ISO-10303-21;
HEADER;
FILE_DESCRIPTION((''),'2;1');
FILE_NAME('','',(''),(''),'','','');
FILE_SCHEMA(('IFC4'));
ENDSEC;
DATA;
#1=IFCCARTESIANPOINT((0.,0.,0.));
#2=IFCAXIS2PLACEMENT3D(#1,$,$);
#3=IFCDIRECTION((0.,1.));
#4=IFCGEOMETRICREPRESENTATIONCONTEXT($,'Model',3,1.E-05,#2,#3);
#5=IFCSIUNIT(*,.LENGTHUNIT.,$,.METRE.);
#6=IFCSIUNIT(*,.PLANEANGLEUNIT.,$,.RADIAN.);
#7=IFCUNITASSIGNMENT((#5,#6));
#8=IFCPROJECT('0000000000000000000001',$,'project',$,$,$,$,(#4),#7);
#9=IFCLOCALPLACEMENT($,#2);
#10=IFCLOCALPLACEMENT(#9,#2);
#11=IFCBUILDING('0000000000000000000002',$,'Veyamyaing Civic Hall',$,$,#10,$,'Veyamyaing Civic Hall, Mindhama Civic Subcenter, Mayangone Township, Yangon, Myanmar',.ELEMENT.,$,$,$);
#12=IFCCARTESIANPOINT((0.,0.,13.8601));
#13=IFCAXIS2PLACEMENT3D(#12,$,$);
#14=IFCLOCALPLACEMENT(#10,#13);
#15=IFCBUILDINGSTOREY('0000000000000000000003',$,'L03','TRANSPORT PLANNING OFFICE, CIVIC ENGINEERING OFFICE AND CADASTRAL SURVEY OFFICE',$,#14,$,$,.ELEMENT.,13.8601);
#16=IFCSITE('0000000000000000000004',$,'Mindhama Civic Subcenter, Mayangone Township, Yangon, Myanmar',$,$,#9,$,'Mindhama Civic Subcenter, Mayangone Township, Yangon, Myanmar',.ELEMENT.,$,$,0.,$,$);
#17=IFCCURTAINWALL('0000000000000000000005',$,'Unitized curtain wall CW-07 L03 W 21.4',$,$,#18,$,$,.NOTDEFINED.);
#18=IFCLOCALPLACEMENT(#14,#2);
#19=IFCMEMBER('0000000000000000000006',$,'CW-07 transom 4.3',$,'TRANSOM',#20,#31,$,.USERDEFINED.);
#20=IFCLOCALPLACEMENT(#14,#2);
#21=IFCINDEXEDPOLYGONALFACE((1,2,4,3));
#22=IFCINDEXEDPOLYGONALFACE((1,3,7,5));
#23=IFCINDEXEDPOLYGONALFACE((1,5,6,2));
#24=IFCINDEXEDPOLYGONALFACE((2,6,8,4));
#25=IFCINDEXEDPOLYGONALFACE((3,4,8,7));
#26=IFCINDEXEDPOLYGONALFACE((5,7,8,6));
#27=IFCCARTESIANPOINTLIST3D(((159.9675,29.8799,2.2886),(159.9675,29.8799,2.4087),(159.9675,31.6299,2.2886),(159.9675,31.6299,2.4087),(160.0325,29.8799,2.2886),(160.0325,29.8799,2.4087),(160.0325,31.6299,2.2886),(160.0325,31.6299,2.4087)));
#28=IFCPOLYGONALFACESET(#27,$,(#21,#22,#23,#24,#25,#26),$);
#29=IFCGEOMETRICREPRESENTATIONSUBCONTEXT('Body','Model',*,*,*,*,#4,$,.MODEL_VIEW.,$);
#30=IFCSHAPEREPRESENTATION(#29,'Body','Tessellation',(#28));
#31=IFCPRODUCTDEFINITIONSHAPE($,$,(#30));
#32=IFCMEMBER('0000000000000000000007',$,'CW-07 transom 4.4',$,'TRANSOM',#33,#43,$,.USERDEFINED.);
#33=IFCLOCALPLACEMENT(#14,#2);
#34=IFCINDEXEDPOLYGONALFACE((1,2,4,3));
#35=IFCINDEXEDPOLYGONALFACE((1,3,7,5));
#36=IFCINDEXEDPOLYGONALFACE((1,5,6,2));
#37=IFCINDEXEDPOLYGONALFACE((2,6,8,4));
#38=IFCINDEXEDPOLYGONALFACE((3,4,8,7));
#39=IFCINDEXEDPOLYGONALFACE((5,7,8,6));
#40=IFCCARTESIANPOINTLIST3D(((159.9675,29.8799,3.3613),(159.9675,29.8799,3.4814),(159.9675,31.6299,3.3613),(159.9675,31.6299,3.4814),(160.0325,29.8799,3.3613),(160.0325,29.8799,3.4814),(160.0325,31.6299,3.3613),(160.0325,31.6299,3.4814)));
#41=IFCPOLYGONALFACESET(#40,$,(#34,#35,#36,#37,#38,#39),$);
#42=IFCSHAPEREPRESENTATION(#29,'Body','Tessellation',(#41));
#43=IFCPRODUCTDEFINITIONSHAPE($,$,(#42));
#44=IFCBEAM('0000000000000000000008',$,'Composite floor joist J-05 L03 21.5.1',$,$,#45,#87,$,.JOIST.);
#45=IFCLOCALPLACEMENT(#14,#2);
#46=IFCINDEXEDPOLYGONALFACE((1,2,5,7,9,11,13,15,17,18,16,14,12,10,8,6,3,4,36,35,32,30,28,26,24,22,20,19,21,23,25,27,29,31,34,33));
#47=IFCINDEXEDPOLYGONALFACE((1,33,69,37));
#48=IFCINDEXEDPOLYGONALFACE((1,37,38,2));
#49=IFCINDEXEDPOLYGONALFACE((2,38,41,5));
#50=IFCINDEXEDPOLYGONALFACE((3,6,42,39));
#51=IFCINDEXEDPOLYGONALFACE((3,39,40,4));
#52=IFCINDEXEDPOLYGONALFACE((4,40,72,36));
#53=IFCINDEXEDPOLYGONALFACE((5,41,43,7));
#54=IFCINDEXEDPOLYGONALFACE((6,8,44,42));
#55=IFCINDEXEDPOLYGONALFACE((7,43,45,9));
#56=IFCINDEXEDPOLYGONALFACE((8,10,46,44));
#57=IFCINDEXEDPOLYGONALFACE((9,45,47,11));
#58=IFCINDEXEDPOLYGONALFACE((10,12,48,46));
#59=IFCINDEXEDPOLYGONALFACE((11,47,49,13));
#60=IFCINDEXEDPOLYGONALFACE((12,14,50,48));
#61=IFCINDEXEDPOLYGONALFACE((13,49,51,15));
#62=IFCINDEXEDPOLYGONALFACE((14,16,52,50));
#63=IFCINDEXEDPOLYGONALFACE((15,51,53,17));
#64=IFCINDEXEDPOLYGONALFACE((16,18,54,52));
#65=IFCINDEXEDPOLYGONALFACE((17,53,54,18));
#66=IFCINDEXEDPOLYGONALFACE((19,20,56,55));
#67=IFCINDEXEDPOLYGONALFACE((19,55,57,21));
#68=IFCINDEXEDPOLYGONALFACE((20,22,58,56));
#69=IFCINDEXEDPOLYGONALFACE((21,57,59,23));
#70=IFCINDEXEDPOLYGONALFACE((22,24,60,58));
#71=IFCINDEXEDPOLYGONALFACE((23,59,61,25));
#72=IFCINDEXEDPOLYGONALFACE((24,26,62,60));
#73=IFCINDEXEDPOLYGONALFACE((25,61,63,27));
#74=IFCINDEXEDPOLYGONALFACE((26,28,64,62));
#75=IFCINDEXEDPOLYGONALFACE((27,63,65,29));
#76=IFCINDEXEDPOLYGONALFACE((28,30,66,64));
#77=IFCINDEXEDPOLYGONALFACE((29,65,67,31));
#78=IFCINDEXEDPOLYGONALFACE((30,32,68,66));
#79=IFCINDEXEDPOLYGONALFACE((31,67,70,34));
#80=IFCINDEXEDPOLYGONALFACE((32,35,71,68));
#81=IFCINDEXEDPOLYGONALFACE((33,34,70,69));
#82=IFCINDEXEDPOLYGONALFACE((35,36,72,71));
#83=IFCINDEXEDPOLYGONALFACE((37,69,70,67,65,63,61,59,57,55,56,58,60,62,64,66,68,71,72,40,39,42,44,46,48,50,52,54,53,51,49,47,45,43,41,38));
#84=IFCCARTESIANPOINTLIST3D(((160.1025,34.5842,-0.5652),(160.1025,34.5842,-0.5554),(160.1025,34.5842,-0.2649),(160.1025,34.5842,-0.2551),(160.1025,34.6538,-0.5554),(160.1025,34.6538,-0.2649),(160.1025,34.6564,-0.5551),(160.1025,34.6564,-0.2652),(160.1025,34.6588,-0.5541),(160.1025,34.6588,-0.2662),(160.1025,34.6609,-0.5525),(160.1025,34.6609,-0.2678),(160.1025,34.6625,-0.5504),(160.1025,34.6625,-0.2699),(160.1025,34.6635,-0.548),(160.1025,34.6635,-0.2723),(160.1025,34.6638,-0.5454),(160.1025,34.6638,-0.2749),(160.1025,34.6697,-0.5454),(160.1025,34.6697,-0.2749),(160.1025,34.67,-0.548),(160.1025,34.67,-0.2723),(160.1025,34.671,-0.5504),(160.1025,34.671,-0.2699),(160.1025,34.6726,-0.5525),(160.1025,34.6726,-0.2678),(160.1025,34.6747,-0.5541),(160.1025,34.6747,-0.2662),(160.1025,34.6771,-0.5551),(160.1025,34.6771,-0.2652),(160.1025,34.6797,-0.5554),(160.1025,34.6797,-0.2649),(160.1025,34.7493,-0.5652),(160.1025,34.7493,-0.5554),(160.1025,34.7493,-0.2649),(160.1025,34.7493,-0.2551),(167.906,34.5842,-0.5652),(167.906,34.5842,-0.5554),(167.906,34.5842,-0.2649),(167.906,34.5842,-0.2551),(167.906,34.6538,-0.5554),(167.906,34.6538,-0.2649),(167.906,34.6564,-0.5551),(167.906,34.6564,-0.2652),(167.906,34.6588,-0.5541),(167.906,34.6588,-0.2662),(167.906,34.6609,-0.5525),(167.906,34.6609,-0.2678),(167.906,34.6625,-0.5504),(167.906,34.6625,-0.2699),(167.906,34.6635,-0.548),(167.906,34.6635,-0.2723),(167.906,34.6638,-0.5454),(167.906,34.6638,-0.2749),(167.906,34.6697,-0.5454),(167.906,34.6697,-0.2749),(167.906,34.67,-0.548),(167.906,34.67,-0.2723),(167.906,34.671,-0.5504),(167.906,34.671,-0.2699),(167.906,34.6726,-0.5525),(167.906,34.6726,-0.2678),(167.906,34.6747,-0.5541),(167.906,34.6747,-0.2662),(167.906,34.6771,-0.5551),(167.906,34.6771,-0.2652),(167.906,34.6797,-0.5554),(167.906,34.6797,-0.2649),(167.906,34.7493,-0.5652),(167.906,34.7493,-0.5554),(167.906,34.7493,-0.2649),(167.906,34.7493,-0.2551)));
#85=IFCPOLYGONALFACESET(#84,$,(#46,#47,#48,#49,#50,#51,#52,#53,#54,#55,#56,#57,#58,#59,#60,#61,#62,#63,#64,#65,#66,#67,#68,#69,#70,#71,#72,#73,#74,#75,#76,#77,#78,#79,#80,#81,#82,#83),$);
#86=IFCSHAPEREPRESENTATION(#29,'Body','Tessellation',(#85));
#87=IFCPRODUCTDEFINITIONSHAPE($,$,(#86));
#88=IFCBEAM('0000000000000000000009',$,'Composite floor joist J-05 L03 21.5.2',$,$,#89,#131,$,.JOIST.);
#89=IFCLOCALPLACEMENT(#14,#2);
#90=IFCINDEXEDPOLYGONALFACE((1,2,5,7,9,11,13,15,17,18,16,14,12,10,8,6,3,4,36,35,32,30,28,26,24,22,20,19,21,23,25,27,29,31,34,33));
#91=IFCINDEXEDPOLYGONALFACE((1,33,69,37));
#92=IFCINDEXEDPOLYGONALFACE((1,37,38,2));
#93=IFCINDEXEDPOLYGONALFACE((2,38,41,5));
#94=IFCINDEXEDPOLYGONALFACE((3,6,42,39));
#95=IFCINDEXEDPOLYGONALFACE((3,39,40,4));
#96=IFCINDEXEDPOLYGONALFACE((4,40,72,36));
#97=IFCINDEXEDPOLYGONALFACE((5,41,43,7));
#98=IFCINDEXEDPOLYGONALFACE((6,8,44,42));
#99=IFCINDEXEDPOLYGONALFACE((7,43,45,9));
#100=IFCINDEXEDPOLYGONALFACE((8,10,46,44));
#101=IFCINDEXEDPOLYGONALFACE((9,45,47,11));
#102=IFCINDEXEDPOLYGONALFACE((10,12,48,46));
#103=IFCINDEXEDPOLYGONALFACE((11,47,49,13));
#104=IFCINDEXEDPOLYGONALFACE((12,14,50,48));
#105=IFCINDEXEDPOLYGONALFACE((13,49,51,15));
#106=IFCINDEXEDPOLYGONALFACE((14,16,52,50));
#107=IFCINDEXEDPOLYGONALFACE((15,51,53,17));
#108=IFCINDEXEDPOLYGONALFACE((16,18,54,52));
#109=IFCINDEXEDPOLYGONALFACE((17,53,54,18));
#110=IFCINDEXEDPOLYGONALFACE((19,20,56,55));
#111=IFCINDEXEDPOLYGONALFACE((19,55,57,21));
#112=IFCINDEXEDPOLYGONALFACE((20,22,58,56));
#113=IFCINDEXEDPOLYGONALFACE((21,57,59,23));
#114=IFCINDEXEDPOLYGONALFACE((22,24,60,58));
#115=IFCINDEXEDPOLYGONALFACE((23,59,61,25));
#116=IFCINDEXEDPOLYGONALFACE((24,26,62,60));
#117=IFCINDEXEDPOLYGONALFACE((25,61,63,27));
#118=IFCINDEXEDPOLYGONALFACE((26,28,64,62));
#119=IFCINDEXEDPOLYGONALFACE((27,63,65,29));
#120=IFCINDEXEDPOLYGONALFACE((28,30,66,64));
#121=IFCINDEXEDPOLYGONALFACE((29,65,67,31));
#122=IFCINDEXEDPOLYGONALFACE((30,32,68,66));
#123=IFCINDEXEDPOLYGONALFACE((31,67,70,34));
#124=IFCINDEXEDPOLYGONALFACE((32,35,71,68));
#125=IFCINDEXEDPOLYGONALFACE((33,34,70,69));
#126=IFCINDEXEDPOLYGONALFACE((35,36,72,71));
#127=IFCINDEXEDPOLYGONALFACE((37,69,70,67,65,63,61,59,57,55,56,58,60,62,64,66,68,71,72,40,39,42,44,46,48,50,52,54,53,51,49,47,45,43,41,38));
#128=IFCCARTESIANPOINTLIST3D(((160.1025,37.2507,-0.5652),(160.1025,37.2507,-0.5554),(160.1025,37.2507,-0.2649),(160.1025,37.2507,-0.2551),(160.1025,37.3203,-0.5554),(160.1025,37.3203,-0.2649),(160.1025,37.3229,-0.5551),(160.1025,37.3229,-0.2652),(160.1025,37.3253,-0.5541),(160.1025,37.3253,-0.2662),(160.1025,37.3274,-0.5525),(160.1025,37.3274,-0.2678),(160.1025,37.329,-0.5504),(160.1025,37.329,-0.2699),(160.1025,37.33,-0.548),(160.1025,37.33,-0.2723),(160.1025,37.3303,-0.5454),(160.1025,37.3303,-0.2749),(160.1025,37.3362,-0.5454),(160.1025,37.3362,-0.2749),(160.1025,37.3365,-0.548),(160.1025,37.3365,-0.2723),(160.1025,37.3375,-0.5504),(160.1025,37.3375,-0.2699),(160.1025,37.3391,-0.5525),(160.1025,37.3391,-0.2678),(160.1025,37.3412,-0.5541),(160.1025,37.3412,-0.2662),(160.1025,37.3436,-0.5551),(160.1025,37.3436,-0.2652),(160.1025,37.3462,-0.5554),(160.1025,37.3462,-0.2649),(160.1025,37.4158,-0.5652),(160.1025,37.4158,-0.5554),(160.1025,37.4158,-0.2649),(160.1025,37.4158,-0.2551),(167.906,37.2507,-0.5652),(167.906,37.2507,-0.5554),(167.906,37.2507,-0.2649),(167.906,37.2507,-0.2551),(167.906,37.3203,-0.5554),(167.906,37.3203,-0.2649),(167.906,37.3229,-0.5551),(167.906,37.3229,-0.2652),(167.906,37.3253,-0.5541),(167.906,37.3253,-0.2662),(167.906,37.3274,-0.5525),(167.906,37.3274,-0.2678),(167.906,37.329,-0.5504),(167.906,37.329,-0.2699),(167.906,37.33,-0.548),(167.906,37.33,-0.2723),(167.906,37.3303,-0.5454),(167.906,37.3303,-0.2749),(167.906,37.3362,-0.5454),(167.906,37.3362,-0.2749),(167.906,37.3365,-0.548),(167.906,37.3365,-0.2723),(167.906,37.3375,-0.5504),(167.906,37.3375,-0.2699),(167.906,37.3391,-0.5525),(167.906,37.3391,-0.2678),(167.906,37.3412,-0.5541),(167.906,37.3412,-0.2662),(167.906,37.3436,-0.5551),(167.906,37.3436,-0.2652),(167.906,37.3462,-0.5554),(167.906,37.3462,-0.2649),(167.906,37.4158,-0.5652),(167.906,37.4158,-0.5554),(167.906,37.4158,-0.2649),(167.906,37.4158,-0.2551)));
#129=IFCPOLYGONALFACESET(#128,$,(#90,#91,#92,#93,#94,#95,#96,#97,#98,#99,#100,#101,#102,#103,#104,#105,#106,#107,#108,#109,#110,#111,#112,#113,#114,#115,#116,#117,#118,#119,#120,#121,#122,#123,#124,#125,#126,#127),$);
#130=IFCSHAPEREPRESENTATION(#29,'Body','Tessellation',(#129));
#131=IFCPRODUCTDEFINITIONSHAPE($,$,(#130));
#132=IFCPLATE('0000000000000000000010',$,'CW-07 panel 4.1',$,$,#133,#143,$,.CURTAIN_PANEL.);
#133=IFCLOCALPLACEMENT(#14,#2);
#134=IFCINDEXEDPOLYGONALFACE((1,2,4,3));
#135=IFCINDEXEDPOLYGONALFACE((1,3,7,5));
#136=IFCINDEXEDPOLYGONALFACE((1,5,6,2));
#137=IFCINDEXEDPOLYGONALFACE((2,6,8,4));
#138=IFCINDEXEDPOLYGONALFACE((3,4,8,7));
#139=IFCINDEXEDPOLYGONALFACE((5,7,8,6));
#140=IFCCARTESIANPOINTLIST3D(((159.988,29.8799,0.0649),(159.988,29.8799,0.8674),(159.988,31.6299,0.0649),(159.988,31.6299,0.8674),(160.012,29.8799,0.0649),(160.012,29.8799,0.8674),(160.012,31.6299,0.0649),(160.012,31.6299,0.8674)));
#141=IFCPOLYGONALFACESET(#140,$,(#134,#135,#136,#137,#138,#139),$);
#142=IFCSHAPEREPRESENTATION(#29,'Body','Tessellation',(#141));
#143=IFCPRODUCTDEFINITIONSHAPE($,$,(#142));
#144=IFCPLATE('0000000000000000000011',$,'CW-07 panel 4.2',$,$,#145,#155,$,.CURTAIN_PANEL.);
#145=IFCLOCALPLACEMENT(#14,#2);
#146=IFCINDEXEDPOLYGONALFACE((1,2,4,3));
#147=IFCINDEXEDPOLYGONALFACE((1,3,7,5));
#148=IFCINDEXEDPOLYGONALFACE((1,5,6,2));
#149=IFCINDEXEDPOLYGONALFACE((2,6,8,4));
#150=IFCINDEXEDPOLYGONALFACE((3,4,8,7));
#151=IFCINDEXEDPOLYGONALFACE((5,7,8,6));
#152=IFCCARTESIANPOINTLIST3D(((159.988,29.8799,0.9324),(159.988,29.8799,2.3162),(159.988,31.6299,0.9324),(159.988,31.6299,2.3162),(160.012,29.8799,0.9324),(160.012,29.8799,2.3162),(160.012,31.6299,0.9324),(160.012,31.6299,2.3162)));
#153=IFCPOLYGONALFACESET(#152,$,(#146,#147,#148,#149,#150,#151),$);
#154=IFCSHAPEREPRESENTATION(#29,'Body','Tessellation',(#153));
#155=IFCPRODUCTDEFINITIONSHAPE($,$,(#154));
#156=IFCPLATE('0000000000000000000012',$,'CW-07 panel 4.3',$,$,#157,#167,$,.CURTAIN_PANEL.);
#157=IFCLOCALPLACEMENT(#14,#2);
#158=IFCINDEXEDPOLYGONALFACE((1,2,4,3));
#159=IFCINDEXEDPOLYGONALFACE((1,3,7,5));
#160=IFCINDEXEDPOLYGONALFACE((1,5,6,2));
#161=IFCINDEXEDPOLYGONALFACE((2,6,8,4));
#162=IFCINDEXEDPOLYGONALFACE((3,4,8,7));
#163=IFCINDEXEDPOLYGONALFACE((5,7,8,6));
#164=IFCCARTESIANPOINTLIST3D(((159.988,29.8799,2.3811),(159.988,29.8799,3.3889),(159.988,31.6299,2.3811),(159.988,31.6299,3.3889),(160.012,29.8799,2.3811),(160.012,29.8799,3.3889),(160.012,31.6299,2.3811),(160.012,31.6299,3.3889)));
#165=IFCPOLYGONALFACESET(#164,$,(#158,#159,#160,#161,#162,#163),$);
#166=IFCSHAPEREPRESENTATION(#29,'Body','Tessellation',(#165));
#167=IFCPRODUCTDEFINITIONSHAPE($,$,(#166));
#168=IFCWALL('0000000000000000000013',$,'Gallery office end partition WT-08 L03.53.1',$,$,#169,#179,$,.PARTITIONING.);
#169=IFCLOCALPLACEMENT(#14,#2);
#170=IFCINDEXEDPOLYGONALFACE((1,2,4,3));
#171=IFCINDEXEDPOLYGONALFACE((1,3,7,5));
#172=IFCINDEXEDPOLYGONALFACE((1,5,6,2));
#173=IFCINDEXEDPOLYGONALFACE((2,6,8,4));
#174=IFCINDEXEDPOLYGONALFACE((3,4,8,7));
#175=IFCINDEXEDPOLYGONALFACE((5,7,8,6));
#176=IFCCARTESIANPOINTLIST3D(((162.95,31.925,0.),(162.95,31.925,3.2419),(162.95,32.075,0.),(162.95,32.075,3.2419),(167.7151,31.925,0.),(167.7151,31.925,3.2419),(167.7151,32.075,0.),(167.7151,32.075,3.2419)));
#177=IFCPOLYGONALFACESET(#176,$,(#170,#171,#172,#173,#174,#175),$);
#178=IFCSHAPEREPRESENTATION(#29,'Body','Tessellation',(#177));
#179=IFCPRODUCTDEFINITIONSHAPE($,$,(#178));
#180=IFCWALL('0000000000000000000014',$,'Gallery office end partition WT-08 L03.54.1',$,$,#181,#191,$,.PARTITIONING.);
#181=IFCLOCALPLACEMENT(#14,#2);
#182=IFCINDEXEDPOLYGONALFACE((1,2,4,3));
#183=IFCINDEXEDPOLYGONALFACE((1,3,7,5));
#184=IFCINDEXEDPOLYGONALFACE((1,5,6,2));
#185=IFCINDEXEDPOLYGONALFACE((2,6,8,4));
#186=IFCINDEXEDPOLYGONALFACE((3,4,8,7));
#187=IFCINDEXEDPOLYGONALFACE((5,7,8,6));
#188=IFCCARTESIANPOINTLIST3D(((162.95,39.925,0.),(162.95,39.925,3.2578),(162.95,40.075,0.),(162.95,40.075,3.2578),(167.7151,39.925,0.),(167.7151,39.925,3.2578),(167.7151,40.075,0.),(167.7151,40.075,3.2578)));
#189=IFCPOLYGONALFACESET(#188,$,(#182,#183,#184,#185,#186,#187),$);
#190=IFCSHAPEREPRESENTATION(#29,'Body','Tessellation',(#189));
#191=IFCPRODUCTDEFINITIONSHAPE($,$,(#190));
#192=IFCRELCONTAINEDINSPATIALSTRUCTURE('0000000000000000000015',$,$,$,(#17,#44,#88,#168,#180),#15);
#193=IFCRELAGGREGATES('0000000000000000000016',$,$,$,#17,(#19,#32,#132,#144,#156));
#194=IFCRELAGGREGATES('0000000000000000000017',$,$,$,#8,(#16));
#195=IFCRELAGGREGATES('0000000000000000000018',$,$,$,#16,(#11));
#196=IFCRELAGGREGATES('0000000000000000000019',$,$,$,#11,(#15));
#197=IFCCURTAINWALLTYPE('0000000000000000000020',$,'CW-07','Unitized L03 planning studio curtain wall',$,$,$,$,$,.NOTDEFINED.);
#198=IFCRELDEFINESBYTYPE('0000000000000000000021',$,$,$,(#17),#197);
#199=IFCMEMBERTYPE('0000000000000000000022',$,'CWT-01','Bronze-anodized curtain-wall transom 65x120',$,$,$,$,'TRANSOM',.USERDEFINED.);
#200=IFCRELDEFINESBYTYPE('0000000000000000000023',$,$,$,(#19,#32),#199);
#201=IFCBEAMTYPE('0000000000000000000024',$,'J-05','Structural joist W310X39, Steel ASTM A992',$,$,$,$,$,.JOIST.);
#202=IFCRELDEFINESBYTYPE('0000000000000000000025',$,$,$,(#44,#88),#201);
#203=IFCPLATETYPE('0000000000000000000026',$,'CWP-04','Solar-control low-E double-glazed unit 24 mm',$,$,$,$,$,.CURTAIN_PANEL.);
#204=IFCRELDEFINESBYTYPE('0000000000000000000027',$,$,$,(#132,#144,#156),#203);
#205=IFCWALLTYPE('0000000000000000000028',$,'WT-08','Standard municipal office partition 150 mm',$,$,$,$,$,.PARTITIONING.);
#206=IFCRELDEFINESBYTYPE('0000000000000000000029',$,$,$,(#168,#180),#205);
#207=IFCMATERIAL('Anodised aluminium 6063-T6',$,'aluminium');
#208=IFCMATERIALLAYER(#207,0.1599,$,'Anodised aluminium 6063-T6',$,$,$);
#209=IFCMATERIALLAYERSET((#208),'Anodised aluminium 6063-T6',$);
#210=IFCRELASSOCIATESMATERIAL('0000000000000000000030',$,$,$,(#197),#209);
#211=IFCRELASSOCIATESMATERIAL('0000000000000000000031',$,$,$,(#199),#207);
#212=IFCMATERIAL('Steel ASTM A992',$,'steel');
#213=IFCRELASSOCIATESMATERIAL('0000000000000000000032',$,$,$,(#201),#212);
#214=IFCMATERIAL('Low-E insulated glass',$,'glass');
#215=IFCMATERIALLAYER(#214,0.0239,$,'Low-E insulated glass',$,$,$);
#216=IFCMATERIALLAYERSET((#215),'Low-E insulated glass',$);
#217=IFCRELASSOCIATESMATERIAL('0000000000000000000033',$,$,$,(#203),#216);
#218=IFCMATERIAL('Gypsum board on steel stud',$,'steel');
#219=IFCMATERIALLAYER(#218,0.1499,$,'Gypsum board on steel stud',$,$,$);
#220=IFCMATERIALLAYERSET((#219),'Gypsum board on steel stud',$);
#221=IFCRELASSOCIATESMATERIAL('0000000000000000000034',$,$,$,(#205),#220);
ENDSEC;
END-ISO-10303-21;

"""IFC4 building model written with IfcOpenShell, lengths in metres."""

from ifc_helpers import new_model, si_unit, direction, frame, frame_2d, origin, origin_2d, place, context, subcontext, project, spatial, rectangle, i_section, extrude, material, layer, layer_set, material_profile, profile_set, type_object, element, aggregate, save


model = new_model("IFC4")

# Units and contexts
model_context = context("Model", 3, precision=1e-05, world=origin(), true_north=direction((0.0, 1.0)))
body_context = subcontext(model_context, "Body", "Model", "MODEL_VIEW")
ifc_project = project(units=[si_unit("LENGTHUNIT", "METRE"), si_unit("PLANEANGLEUNIT", "RADIAN")], contexts=[model_context])

# Site, building, storey
site_placement = place(None, origin())
site = spatial("IfcSite", under=ifc_project, at=site_placement, Name="Mindhama Civic Subcenter, Mayangone Township, Yangon, Myanmar", LongName="Mindhama Civic Subcenter, Mayangone Township, Yangon, Myanmar", CompositionType="ELEMENT", RefElevation=0.0)
building_placement = place(site_placement, origin())
building = spatial("IfcBuilding", under=site, at=building_placement, Name="Veyamyaing Civic Hall", LongName="Veyamyaing Civic Hall, Mindhama Civic Subcenter, Mayangone Township, Yangon, Myanmar", CompositionType="ELEMENT")
storey_placement = place(building_placement, frame((0.0, 0.0, 13.8601)))
storey = spatial("IfcBuildingStorey", under=building, at=storey_placement, Name="L03", Description="TRANSPORT PLANNING OFFICE, CIVIC ENGINEERING OFFICE AND CADASTRAL SURVEY OFFICE", CompositionType="ELEMENT", Elevation=13.8601)

# Shared definitions
ifc_material_1 = material(Name="Steel ASTM A992", Category="steel")

# Curtain wall, members
ifc_material_2 = material(Name="Anodised aluminium 6063-T6", Category="aluminium")
ifc_layer_1 = layer(ifc_material_2, 0.1599, Name="Anodised aluminium 6063-T6")
ifc_layer_set_1 = layer_set([ifc_layer_1], Name="Anodised aluminium 6063-T6")
curtain_wall_type = type_object("IfcCurtainWallType", Name="CW-07", Description="Unitized L03 planning studio curtain wall", PredefinedType="NOTDEFINED", material=ifc_layer_set_1)
curtain_wall_placement = place(storey_placement, origin())
curtain_wall = element("IfcCurtainWall", 1, at=curtain_wall_placement, inside=storey, type_object=curtain_wall_type, Name="Unitized curtain wall CW-07 L03 W 21.4", PredefinedType="NOTDEFINED")
ifc_material_profile_1 = material_profile(ifc_material_2, rectangle(XDim=0.0649, YDim=0.1201, at=origin_2d()), Name="ALU-TRN-65X120")
ifc_profile_set_1 = profile_set([ifc_material_profile_1], Name="Anodised aluminium 6063-T6")
member_type_1 = type_object("IfcMemberType", Name="CWT-01", Description="Bronze-anodized curtain-wall transom 65x120", ElementType="TRANSOM", PredefinedType="USERDEFINED", material=ifc_profile_set_1)
member_1_placement = place(storey_placement, frame((160.0, 29.8799, 2.3486), z_axis=(0.0, 1.0, 0.0), x_axis=(-1.0, 0.0, 0.0)))
member_1 = element("IfcMember", 2, at=member_1_placement, type_object=member_type_1, Name="CW-07 transom 4.3", ObjectType="TRANSOM", PredefinedType="USERDEFINED", context=body_context, shape_type="SweptSolid", body=[
    extrude(rectangle(XDim=0.0649, YDim=0.1201, at=origin_2d()), origin(), (0.0, 0.0, 1.0), 1.75),
])
member_2_placement = place(storey_placement, frame((160.0, 29.8799, 3.4214), z_axis=(0.0, 1.0, 0.0), x_axis=(-1.0, 0.0, 0.0)))
member_2 = element("IfcMember", 3, at=member_2_placement, type_object=member_type_1, Name="CW-07 transom 4.4", ObjectType="TRANSOM", PredefinedType="USERDEFINED", context=body_context, shape_type="SweptSolid", body=[
    extrude(rectangle(XDim=0.0649, YDim=0.1201, at=origin_2d()), origin(), (0.0, 0.0, 1.0), 1.75),
])

# Beams
ifc_material_profile_2 = material_profile(ifc_material_1, i_section(OverallWidth=0.165, OverallDepth=0.3101, WebThickness=0.0059, FlangeThickness=0.0098, FilletRadius=0.01, at=origin_2d()), Name="W310X39")
ifc_profile_set_2 = profile_set([ifc_material_profile_2], Name="Steel ASTM A992")
beam_type_1 = type_object("IfcBeamType", Name="J-05", Description="Structural joist W310X39, Steel ASTM A992", PredefinedType="JOIST", material=ifc_profile_set_2)
for number, where, z_axis, x_axis, name in (
    (4, (160.1025, 34.6667, -0.4102), (1.0, 0.0, 0.0), (0.0, 1.0, 0.0), "Composite floor joist J-05 L03 21.5.1"),
    (5, (160.1025, 37.3333, -0.4102), (1.0, 0.0, 0.0), (0.0, 1.0, 0.0), "Composite floor joist J-05 L03 21.5.2"),
):
    element("IfcBeam", number, at=place(storey_placement, frame(where, z_axis=z_axis, x_axis=x_axis)), inside=storey, type_object=beam_type_1, Name=name, PredefinedType="JOIST", context=body_context, shape_type="SweptSolid", body=[
        extrude(i_section(OverallWidth=0.165, OverallDepth=0.3101, WebThickness=0.0059, FlangeThickness=0.0098, FilletRadius=0.01, at=origin_2d()), origin(), (0.0, 0.0, 1.0), 7.8035),
    ])

# Plates
ifc_material_3 = material(Name="Low-E insulated glass", Category="glass")
ifc_layer_2 = layer(ifc_material_3, 0.0239, Name="Low-E insulated glass")
ifc_layer_set_2 = layer_set([ifc_layer_2], Name="Low-E insulated glass")
plate_type = type_object("IfcPlateType", Name="CWP-04", Description="Solar-control low-E double-glazed unit 24 mm", PredefinedType="CURTAIN_PANEL", material=ifc_layer_set_2)
plate_1_placement = place(storey_placement, frame((160.0, 30.7549, 0.0649), z_axis=(0.0, 0.0, 1.0), x_axis=(0.0, 1.0, 0.0)))
plate_1 = element("IfcPlate", 6, at=plate_1_placement, type_object=plate_type, Name="CW-07 panel 4.1", PredefinedType="CURTAIN_PANEL", context=body_context, shape_type="SweptSolid", body=[
    extrude(rectangle(XDim=1.75, YDim=0.0239, at=origin_2d()), origin(), (0.0, 0.0, 1.0), 0.8025),
])
plate_2_placement = place(storey_placement, frame((160.0, 30.7549, 0.9324), z_axis=(0.0, 0.0, 1.0), x_axis=(0.0, 1.0, 0.0)))
plate_2 = element("IfcPlate", 7, at=plate_2_placement, type_object=plate_type, Name="CW-07 panel 4.2", PredefinedType="CURTAIN_PANEL", context=body_context, shape_type="SweptSolid", body=[
    extrude(rectangle(XDim=1.75, YDim=0.0239, at=origin_2d()), origin(), (0.0, 0.0, 1.0), 1.3838),
])
plate_3_placement = place(storey_placement, frame((160.0, 30.7549, 2.3811), z_axis=(0.0, 0.0, 1.0), x_axis=(0.0, 1.0, 0.0)))
plate_3 = element("IfcPlate", 8, at=plate_3_placement, type_object=plate_type, Name="CW-07 panel 4.3", PredefinedType="CURTAIN_PANEL", context=body_context, shape_type="SweptSolid", body=[
    extrude(rectangle(XDim=1.75, YDim=0.0239, at=origin_2d()), origin(), (0.0, 0.0, 1.0), 1.0078),
])
aggregate(curtain_wall, [member_1, member_2, plate_1, plate_2, plate_3])

# Walls
ifc_material_4 = material(Name="Gypsum board on steel stud", Category="steel")
ifc_layer_3 = layer(ifc_material_4, 0.1499, Name="Gypsum board on steel stud")
ifc_layer_set_3 = layer_set([ifc_layer_3], Name="Gypsum board on steel stud")
wall_type_1 = type_object("IfcWallType", Name="WT-08", Description="Standard municipal office partition 150 mm", PredefinedType="PARTITIONING", material=ifc_layer_set_3)
wall_1_placement = place(storey_placement, frame((162.95, 32.0, 0.0), z_axis=(0.0, 0.0, 1.0), x_axis=(1.0, 0.0, 0.0)))
element("IfcWall", 9, at=wall_1_placement, inside=storey, type_object=wall_type_1, Name="Gallery office end partition WT-08 L03.53.1", PredefinedType="PARTITIONING", context=body_context, shape_type="SweptSolid", body=[
    extrude(rectangle(XDim=4.7651, YDim=0.1499, at=frame_2d((2.3826, 0.0))), origin(), (0.0, 0.0, 1.0), 3.2419),
])
wall_2_placement = place(storey_placement, frame((162.95, 40.0, 0.0), z_axis=(0.0, 0.0, 1.0), x_axis=(1.0, 0.0, 0.0)))
element("IfcWall", 10, at=wall_2_placement, inside=storey, type_object=wall_type_1, Name="Gallery office end partition WT-08 L03.54.1", PredefinedType="PARTITIONING", context=body_context, shape_type="SweptSolid", body=[
    extrude(rectangle(XDim=4.7651, YDim=0.1499, at=frame_2d((2.3826, 0.0))), origin(), (0.0, 0.0, 1.0), 3.2578),
])

save(model, "model.ifc")
